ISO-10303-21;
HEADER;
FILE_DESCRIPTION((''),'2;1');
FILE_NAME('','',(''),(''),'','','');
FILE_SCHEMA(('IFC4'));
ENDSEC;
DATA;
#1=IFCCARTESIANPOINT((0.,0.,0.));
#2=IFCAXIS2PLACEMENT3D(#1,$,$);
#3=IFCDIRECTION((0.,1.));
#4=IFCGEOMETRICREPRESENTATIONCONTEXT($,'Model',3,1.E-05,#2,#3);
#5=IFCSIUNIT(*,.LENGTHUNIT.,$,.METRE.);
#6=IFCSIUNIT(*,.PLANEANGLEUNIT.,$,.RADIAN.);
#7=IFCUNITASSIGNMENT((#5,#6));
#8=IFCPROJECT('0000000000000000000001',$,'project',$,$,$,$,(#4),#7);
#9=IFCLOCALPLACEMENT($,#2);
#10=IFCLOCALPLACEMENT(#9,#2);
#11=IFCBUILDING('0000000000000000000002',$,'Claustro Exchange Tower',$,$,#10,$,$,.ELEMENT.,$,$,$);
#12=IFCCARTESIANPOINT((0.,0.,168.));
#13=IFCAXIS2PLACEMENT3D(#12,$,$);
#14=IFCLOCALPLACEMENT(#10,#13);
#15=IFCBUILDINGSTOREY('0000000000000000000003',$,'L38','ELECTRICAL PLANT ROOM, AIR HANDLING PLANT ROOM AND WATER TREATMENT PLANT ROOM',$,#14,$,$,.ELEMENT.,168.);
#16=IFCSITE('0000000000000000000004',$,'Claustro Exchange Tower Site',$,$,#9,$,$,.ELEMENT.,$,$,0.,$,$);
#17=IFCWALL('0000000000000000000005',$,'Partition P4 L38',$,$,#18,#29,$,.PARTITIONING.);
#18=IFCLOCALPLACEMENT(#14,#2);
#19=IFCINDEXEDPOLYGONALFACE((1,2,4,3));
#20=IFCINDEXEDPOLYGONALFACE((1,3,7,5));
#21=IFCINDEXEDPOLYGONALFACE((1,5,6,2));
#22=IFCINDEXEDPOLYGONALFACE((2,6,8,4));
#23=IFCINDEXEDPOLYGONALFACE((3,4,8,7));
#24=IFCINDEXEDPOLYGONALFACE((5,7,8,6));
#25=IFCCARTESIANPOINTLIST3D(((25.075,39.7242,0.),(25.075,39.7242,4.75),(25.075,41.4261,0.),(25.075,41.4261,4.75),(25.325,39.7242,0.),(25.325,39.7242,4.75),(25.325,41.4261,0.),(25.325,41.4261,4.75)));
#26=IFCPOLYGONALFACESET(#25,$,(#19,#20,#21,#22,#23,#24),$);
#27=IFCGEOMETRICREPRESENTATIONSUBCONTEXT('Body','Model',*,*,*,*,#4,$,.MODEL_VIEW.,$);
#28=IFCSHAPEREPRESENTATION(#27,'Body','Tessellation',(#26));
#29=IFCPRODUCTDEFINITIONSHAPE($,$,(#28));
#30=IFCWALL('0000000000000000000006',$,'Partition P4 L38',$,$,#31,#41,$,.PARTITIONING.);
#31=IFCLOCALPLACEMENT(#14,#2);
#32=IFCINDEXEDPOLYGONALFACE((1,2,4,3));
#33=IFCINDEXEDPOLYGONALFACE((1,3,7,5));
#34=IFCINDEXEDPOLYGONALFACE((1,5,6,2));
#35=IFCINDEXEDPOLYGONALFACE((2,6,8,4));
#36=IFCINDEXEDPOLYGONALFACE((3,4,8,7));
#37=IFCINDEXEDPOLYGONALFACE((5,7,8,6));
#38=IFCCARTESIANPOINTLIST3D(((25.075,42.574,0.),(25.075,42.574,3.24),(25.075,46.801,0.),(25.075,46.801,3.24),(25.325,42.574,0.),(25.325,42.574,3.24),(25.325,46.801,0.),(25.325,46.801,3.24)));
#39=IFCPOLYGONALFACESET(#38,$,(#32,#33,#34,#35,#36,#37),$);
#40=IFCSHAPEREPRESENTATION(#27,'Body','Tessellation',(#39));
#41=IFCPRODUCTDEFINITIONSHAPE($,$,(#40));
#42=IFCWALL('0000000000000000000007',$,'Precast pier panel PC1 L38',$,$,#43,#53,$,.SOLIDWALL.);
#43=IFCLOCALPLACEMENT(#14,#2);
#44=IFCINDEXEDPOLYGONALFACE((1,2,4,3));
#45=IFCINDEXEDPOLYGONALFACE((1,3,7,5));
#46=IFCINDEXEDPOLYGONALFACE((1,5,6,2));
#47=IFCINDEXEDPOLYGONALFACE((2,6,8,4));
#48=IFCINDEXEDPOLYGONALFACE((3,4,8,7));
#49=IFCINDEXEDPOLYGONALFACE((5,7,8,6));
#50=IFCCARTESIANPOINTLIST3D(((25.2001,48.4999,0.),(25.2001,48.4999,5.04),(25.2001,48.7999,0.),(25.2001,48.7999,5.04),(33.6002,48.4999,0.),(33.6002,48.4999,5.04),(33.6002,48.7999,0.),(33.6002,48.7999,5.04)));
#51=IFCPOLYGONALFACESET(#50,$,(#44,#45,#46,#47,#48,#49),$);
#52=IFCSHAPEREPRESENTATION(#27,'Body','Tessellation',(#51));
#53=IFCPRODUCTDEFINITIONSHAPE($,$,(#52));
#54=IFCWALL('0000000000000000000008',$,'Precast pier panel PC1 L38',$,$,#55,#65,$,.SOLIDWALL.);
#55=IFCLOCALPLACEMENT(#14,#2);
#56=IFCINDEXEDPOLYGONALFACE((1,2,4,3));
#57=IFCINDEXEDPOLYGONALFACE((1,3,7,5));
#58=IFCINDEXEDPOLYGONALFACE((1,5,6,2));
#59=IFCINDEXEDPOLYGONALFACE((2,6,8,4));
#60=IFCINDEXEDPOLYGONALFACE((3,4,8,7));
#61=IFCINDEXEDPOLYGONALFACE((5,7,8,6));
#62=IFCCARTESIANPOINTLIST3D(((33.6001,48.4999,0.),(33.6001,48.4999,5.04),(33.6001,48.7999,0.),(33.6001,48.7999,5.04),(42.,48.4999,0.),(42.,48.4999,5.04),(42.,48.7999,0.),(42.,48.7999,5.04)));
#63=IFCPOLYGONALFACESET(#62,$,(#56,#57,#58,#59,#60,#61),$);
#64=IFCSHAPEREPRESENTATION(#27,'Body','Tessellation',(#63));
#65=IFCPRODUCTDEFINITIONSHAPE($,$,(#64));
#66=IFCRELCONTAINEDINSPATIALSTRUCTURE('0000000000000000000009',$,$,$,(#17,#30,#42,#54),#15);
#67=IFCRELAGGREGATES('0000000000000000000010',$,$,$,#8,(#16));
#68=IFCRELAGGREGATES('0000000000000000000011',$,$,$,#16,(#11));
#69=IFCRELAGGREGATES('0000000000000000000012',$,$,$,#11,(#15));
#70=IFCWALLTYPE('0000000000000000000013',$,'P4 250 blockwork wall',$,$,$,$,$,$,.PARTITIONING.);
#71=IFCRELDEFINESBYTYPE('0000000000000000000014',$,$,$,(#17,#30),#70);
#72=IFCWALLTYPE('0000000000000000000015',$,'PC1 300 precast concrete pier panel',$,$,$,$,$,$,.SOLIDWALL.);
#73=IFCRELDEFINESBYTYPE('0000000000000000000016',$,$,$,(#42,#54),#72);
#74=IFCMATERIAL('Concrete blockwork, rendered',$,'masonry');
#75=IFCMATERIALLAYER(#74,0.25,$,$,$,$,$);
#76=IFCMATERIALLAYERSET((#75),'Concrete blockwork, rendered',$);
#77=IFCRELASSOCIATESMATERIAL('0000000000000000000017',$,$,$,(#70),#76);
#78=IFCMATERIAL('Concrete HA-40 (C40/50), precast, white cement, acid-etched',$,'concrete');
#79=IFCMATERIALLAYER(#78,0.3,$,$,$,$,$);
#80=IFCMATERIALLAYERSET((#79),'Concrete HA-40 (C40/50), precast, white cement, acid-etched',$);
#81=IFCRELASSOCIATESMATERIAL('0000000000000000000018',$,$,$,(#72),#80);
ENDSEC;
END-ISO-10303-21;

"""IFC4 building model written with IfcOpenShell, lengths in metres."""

from ifc_helpers import new_model, si_unit, direction, frame, frame_2d, origin, place, context, subcontext, project, spatial, rectangle, extrude, material, layer, layer_set, type_object, element, save


model = new_model("IFC4")

# Units and contexts
model_context = context("Model", 3, precision=1e-05, world=origin(), true_north=direction((0.0, 1.0)))
body_context = subcontext(model_context, "Body", "Model", "MODEL_VIEW")
ifc_project = project(units=[si_unit("LENGTHUNIT", "METRE"), si_unit("PLANEANGLEUNIT", "RADIAN")], contexts=[model_context])

# Site, building, storey
site_placement = place(None, origin())
site = spatial("IfcSite", under=ifc_project, at=site_placement, Name="Claustro Exchange Tower Site", CompositionType="ELEMENT", RefElevation=0.0)
building_placement = place(site_placement, origin())
building = spatial("IfcBuilding", under=site, at=building_placement, Name="Claustro Exchange Tower", CompositionType="ELEMENT")
storey_placement = place(building_placement, frame((0.0, 0.0, 168.0)))
storey = spatial("IfcBuildingStorey", under=building, at=storey_placement, Name="L38", Description="ELECTRICAL PLANT ROOM, AIR HANDLING PLANT ROOM AND WATER TREATMENT PLANT ROOM", CompositionType="ELEMENT", Elevation=168.0)

# Walls
ifc_material_1 = material(Name="Concrete blockwork, rendered", Category="masonry")
ifc_layer_1 = layer(ifc_material_1, 0.25)
ifc_layer_set_1 = layer_set([ifc_layer_1], Name="Concrete blockwork, rendered")
wall_type_1 = type_object("IfcWallType", Name="P4 250 blockwork wall", PredefinedType="PARTITIONING", material=ifc_layer_set_1)
wall_1_placement = place(storey_placement, frame((25.2, 39.7241, 0.0), z_axis=(0.0, 0.0, 1.0), x_axis=(0.0, 1.0, 0.0)))
element("IfcWall", 1, at=wall_1_placement, inside=storey, type_object=wall_type_1, Name="Partition P4 L38", PredefinedType="PARTITIONING", context=body_context, shape_type="SweptSolid", body=[
    extrude(rectangle(XDim=1.7019, YDim=0.25, at=frame_2d((0.8511, 0.0))), origin(), (0.0, 0.0, 1.0), 4.75),
])
wall_2_placement = place(storey_placement, frame((25.2, 42.574, 0.0), z_axis=(0.0, 0.0, 1.0), x_axis=(0.0, 1.0, 0.0)))
element("IfcWall", 2, at=wall_2_placement, inside=storey, type_object=wall_type_1, Name="Partition P4 L38", PredefinedType="PARTITIONING", context=body_context, shape_type="SweptSolid", body=[
    extrude(rectangle(XDim=4.2271, YDim=0.25, at=frame_2d((2.1135, 0.0))), origin(), (0.0, 0.0, 1.0), 3.24),
])
ifc_material_2 = material(Name="Concrete HA-40 (C40/50), precast, white cement, acid-etched", Category="concrete")
ifc_layer_2 = layer(ifc_material_2, 0.3)
ifc_layer_set_2 = layer_set([ifc_layer_2], Name="Concrete HA-40 (C40/50), precast, white cement, acid-etched")
wall_type_2 = type_object("IfcWallType", Name="PC1 300 precast concrete pier panel", PredefinedType="SOLIDWALL", material=ifc_layer_set_2)
wall_3_placement = place(storey_placement, frame((25.2, 48.6499, 0.0), z_axis=(0.0, 0.0, 1.0), x_axis=(1.0, 0.0, 0.0)))
element("IfcWall", 3, at=wall_3_placement, inside=storey, type_object=wall_type_2, Name="Precast pier panel PC1 L38", PredefinedType="SOLIDWALL", context=body_context, shape_type="SweptSolid", body=[
    extrude(rectangle(XDim=8.4001, YDim=0.3, at=frame_2d((4.2002, 0.0))), origin(), (0.0, 0.0, 1.0), 5.04),
])
wall_4_placement = place(storey_placement, frame((33.6001, 48.6499, 0.0), z_axis=(0.0, 0.0, 1.0), x_axis=(1.0, 0.0, 0.0)))
element("IfcWall", 4, at=wall_4_placement, inside=storey, type_object=wall_type_2, Name="Precast pier panel PC1 L38", PredefinedType="SOLIDWALL", context=body_context, shape_type="SweptSolid", body=[
    extrude(rectangle(XDim=8.3999, YDim=0.3, at=frame_2d((4.2, 0.0))), origin(), (0.0, 0.0, 1.0), 5.04),
])

save(model, "model.ifc")
